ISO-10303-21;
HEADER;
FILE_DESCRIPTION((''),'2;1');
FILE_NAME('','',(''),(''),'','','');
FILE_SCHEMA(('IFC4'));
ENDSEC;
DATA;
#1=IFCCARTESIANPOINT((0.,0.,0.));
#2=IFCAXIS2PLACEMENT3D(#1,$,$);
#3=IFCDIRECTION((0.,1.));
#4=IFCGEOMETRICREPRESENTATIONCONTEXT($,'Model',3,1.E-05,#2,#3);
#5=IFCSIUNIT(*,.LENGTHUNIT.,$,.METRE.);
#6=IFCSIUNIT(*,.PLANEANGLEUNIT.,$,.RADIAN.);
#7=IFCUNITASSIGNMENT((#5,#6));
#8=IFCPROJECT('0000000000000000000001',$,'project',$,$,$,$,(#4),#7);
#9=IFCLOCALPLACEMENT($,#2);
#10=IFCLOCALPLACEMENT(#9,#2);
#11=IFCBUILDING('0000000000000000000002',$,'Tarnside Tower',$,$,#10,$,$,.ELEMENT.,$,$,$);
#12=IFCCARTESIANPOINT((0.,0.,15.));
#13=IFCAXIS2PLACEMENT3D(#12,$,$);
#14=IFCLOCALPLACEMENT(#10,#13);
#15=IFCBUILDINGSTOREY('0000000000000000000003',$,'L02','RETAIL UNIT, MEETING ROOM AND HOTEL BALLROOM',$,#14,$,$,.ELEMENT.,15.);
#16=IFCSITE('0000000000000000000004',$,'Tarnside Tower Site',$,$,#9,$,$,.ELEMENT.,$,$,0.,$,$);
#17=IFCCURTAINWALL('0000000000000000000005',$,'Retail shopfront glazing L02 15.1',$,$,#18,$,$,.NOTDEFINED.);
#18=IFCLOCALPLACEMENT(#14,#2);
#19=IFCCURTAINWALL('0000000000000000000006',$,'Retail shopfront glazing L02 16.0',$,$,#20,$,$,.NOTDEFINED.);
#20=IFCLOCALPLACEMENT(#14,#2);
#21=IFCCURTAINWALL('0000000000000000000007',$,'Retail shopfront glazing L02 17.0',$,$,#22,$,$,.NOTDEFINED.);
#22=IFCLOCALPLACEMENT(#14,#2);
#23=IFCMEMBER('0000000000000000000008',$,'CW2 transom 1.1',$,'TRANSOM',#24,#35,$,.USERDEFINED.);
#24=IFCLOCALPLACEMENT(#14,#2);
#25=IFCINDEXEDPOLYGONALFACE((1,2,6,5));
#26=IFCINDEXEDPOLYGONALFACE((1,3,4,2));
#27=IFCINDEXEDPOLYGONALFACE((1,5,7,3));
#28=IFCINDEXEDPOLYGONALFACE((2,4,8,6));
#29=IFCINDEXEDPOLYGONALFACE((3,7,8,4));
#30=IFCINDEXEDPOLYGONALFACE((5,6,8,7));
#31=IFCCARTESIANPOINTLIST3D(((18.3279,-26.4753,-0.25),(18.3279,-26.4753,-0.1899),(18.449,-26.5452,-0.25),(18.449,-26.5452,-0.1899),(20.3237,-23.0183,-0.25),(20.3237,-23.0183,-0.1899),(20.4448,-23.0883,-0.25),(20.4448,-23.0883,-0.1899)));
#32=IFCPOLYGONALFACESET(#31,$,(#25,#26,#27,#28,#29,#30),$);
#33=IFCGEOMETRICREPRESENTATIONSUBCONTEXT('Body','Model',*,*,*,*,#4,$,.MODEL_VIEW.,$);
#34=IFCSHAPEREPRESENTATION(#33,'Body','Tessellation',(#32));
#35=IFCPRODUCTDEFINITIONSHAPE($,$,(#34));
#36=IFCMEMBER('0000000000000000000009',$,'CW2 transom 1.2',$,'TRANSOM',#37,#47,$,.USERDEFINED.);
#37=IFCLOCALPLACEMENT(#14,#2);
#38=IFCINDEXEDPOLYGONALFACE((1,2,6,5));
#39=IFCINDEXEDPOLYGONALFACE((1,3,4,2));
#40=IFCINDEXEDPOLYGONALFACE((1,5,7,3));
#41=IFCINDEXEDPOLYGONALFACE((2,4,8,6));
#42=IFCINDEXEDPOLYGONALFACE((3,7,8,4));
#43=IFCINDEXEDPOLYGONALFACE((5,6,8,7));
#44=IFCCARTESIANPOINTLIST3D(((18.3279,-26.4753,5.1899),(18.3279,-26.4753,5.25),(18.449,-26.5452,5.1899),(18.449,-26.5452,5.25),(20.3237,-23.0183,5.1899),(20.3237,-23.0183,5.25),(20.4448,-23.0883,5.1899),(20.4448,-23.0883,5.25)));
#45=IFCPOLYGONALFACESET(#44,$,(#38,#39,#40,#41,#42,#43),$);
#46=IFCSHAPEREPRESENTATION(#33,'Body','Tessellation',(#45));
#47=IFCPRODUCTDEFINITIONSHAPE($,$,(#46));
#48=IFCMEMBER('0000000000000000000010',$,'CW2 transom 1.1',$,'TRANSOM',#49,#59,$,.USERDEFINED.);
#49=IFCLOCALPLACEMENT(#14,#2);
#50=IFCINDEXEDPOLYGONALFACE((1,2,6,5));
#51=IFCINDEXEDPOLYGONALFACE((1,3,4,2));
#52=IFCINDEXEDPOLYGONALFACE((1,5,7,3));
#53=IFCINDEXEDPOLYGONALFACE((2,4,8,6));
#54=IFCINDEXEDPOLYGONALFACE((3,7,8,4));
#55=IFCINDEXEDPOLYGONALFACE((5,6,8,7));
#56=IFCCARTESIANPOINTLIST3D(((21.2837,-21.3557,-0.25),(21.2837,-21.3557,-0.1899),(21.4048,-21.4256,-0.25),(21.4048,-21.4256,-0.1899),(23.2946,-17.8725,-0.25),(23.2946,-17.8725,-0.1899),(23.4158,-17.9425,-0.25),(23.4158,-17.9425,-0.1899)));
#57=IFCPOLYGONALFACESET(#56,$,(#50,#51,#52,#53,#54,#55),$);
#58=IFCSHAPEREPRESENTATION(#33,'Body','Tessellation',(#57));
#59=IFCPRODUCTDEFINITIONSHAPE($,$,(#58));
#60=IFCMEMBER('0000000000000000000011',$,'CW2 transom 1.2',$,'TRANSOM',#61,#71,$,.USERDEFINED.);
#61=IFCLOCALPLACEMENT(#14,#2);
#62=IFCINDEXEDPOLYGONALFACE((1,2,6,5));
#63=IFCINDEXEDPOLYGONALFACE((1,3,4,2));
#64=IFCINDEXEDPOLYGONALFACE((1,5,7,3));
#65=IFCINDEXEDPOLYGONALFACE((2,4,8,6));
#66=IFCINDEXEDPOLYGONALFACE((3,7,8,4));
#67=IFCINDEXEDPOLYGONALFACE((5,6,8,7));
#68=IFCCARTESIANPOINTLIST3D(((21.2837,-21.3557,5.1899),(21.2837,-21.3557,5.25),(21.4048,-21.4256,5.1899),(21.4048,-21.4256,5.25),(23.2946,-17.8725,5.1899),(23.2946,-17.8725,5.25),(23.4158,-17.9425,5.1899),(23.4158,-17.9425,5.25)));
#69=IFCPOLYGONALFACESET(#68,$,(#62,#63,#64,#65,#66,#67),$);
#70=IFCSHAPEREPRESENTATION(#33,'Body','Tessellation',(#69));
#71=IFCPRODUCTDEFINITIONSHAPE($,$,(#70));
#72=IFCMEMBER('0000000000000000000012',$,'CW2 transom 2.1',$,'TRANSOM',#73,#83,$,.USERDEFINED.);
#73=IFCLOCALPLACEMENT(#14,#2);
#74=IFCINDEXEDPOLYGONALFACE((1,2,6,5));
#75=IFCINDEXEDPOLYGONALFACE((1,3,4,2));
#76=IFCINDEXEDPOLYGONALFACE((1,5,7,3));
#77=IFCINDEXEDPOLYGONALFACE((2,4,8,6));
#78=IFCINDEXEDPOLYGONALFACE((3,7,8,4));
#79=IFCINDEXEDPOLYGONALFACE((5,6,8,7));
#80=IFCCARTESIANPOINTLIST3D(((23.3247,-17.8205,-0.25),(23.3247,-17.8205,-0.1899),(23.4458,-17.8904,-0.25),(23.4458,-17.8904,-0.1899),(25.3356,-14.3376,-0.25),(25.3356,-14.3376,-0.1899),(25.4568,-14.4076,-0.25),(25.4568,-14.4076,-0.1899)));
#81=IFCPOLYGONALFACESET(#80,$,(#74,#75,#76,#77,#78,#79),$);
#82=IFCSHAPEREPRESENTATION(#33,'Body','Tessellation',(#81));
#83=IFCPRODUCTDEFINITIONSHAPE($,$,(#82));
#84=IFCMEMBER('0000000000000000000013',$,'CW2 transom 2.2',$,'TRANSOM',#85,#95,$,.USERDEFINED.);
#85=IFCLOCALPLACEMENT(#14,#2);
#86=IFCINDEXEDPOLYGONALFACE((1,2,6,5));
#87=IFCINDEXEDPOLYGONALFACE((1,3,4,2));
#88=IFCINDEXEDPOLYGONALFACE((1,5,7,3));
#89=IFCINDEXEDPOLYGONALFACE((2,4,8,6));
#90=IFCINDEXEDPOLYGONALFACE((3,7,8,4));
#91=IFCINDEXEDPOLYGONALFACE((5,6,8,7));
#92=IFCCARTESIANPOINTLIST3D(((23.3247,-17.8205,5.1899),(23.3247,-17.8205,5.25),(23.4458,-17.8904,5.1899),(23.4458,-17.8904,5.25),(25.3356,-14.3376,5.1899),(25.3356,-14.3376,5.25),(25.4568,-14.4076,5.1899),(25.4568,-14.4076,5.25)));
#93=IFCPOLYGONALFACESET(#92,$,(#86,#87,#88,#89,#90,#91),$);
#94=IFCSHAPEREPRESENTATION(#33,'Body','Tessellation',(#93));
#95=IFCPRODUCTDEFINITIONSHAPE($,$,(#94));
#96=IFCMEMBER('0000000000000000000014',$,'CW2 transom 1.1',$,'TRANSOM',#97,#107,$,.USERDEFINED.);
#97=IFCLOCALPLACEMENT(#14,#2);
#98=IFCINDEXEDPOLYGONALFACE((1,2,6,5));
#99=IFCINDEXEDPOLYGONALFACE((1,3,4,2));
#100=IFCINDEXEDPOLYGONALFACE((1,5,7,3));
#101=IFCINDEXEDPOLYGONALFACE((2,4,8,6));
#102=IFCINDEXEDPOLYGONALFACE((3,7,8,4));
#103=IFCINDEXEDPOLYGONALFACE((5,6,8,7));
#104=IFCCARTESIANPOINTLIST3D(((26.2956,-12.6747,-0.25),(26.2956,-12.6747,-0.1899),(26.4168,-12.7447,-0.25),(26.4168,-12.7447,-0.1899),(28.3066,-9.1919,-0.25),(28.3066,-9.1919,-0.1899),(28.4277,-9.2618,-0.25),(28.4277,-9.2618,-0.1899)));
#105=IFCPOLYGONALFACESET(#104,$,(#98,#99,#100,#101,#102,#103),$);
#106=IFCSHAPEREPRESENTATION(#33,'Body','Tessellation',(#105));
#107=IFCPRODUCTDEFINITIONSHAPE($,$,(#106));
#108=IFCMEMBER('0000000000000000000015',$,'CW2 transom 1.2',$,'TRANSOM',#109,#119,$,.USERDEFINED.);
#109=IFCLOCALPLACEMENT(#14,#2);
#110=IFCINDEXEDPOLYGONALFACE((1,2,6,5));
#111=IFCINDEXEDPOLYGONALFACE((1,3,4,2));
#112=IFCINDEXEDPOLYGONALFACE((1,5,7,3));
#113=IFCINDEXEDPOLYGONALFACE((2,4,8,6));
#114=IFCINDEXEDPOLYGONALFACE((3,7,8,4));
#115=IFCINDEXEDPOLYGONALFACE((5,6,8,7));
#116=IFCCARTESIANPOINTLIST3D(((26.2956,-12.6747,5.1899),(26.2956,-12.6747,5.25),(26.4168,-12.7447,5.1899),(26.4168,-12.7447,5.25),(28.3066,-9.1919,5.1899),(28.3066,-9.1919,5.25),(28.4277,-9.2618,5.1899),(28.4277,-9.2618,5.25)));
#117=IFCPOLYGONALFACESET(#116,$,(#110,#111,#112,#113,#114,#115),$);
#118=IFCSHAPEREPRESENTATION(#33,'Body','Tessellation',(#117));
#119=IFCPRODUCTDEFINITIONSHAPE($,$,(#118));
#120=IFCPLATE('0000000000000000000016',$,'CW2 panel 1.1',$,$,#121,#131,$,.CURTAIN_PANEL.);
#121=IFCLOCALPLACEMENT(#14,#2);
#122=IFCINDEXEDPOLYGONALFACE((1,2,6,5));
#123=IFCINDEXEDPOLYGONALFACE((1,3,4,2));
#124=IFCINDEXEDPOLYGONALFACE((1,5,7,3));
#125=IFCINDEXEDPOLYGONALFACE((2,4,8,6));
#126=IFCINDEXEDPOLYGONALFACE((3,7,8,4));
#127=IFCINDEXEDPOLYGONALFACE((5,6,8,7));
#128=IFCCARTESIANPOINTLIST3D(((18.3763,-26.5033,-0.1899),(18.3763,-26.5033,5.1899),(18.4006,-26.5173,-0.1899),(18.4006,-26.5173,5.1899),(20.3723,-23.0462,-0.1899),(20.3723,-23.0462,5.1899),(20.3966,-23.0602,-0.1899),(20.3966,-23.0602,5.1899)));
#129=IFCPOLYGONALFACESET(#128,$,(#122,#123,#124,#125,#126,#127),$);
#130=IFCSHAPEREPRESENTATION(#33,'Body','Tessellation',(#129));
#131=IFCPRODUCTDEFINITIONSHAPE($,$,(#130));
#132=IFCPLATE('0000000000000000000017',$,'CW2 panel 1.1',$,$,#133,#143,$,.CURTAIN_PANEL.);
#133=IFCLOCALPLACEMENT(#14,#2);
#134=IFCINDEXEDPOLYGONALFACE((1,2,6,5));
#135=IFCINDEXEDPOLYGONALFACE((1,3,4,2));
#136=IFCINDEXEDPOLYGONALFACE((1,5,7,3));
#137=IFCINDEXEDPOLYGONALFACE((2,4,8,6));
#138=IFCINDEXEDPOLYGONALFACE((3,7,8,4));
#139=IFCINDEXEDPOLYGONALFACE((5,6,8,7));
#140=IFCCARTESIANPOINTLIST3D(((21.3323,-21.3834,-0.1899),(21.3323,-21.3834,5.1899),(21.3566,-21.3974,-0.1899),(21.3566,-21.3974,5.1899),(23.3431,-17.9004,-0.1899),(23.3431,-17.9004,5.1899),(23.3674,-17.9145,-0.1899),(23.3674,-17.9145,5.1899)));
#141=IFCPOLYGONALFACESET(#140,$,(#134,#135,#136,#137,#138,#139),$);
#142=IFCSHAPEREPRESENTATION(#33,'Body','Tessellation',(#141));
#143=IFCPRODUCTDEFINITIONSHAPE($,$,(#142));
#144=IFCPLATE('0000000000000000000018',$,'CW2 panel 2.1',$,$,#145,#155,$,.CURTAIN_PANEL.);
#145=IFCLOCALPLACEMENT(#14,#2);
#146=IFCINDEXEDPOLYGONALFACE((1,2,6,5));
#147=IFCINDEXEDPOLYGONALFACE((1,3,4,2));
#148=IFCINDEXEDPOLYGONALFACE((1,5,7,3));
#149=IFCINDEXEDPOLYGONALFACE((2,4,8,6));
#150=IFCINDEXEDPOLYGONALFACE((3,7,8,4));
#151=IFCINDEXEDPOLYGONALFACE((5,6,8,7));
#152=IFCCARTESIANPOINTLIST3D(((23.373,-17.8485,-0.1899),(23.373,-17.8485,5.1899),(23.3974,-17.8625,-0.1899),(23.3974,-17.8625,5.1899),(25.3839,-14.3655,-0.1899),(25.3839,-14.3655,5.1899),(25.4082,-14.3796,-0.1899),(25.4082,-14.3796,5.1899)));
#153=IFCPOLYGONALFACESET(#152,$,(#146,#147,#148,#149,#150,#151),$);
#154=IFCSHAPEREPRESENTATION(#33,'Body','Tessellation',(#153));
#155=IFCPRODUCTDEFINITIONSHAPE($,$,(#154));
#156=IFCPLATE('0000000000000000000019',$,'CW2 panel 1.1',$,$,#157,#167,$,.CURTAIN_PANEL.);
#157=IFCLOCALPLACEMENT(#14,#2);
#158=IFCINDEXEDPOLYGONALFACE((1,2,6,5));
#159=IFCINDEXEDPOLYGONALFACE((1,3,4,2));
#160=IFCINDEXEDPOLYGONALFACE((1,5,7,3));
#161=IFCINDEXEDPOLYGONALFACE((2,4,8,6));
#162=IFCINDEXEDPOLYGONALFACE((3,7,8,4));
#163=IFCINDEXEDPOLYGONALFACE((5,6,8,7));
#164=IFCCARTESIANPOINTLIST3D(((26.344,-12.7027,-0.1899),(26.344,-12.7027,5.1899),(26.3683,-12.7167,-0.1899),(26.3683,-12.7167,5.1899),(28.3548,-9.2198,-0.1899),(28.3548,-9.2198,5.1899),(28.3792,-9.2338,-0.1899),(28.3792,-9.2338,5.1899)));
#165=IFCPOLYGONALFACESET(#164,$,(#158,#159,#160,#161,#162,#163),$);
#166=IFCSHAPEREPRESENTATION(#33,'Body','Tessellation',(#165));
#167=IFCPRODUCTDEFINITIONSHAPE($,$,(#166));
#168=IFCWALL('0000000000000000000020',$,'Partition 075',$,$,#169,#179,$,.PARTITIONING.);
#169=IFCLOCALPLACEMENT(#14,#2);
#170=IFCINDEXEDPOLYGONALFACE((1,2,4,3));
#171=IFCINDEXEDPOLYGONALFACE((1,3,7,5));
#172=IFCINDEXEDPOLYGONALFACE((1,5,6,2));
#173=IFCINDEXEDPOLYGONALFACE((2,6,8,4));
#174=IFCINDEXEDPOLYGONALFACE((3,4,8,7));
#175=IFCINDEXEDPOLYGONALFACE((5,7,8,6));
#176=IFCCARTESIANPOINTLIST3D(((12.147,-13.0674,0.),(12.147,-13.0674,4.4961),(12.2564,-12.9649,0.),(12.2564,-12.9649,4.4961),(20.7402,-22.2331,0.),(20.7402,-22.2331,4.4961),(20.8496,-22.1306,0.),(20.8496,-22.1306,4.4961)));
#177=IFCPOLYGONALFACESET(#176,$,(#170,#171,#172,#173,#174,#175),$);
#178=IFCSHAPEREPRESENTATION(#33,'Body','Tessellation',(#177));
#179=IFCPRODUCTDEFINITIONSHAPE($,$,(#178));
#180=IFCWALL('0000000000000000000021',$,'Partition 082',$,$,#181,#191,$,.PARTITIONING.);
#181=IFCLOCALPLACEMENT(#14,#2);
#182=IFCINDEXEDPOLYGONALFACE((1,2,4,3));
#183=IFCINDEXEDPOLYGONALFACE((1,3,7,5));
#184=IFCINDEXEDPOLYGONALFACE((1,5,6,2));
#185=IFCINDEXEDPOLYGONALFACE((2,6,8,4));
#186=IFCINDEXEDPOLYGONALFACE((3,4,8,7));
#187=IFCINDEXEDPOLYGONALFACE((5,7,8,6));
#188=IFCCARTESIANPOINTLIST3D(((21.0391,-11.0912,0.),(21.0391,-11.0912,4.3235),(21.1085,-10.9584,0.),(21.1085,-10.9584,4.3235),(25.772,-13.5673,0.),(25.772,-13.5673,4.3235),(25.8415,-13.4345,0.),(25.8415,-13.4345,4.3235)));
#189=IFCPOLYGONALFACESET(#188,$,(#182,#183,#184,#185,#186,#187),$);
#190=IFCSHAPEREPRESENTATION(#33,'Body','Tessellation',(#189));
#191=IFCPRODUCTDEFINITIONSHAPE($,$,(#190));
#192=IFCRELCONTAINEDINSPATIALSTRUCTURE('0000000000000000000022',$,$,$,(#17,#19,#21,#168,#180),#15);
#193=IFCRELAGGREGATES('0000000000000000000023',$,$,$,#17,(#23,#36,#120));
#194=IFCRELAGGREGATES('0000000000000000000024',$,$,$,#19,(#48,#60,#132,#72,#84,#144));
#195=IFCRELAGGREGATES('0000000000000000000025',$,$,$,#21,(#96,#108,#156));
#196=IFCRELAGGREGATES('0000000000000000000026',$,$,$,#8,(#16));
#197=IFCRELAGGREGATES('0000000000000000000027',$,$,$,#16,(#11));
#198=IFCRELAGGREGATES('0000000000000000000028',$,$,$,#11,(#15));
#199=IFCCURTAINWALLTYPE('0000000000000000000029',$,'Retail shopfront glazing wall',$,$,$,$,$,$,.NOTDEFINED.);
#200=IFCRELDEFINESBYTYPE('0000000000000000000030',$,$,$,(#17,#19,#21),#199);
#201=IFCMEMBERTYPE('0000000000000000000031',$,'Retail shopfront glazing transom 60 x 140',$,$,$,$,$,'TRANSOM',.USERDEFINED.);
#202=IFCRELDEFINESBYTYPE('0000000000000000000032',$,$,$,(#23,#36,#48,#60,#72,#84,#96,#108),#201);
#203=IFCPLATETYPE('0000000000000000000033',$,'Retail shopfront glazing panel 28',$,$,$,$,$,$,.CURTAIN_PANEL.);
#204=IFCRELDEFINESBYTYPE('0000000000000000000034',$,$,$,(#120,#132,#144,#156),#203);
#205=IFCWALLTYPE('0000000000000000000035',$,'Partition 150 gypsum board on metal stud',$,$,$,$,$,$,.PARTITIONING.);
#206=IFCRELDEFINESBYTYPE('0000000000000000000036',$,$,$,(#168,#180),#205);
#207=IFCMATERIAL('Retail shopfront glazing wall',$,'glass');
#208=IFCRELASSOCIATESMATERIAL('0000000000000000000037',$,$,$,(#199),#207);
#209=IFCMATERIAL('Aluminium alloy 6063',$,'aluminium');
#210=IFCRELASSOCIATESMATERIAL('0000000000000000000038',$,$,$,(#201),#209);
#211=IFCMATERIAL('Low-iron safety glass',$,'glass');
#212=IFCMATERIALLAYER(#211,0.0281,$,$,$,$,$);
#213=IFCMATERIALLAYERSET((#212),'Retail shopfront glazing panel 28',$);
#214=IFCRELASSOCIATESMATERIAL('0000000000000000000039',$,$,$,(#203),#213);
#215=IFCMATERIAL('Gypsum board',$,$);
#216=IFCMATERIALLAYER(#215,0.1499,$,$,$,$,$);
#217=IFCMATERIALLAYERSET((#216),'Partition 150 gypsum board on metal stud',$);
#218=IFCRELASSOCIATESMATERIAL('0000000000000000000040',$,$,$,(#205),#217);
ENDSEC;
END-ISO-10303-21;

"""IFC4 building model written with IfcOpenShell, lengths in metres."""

from ifc_helpers import new_model, si_unit, direction, frame, frame_2d, origin, origin_2d, place, context, subcontext, project, spatial, rectangle, extrude, material, layer, layer_set, material_profile, profile_set, type_object, element, aggregate, save


model = new_model("IFC4")

# Units and contexts
model_context = context("Model", 3, precision=1e-05, world=origin(), true_north=direction((0.0, 1.0)))
body_context = subcontext(model_context, "Body", "Model", "MODEL_VIEW")
ifc_project = project(units=[si_unit("LENGTHUNIT", "METRE"), si_unit("PLANEANGLEUNIT", "RADIAN")], contexts=[model_context])

# Site, building, storey
site_placement = place(None, origin())
site = spatial("IfcSite", under=ifc_project, at=site_placement, Name="Tarnside Tower Site", CompositionType="ELEMENT", RefElevation=0.0)
building_placement = place(site_placement, origin())
building = spatial("IfcBuilding", under=site, at=building_placement, Name="Tarnside Tower", CompositionType="ELEMENT")
storey_placement = place(building_placement, frame((0.0, 0.0, 15.0)))
storey = spatial("IfcBuildingStorey", under=building, at=storey_placement, Name="L02", Description="RETAIL UNIT, MEETING ROOM AND HOTEL BALLROOM", CompositionType="ELEMENT", Elevation=15.0)

# Shared definitions
ifc_material_1 = material(Name="Retail shopfront glazing wall", Category="glass")
curtain_wall_type = type_object("IfcCurtainWallType", Name="Retail shopfront glazing wall", PredefinedType="NOTDEFINED", material=ifc_material_1)
ifc_material_2 = material(Name="Aluminium alloy 6063", Category="aluminium")

# Curtain walls
curtain_wall_1_placement = place(storey_placement, origin())
curtain_wall_1 = element("IfcCurtainWall", 1, at=curtain_wall_1_placement, inside=storey, type_object=curtain_wall_type, Name="Retail shopfront glazing L02 15.1", PredefinedType="NOTDEFINED")
curtain_wall_2_placement = place(storey_placement, origin())
curtain_wall_2 = element("IfcCurtainWall", 2, at=curtain_wall_2_placement, inside=storey, type_object=curtain_wall_type, Name="Retail shopfront glazing L02 16.0", PredefinedType="NOTDEFINED")

# Curtain wall
curtain_wall_3_placement = place(storey_placement, origin())
curtain_wall_3 = element("IfcCurtainWall", 3, at=curtain_wall_3_placement, inside=storey, type_object=curtain_wall_type, Name="Retail shopfront glazing L02 17.0", PredefinedType="NOTDEFINED")

# Members
ifc_material_profile_1 = material_profile(ifc_material_2, rectangle(XDim=0.1399, YDim=0.0601, at=origin_2d()), Name="Retail shopfront glazing transom 60 x 140")
ifc_profile_set_1 = profile_set([ifc_material_profile_1], Name="Aluminium alloy 6063")
member_type_1 = type_object("IfcMemberType", Name="Retail shopfront glazing transom 60 x 140", ElementType="TRANSOM", PredefinedType="USERDEFINED", material=ifc_profile_set_1)
member_1_placement = place(storey_placement, frame((18.3884, -26.5103, -0.22), z_axis=(0.499987, 0.866033, 0.0), x_axis=(-0.866033, 0.499987, 0.0)))
member_1 = element("IfcMember", 4, at=member_1_placement, type_object=member_type_1, Name="CW2 transom 1.1", ObjectType="TRANSOM", PredefinedType="USERDEFINED", context=body_context, shape_type="SweptSolid", body=[
    extrude(rectangle(XDim=0.1399, YDim=0.0601, at=origin_2d()), origin(), (0.0, 0.0, 1.0), 3.9917),
])
member_2_placement = place(storey_placement, frame((18.3884, -26.5103, 5.22), z_axis=(0.499987, 0.866033, 0.0), x_axis=(-0.866033, 0.499987, 0.0)))
member_2 = element("IfcMember", 5, at=member_2_placement, type_object=member_type_1, Name="CW2 transom 1.2", ObjectType="TRANSOM", PredefinedType="USERDEFINED", context=body_context, shape_type="SweptSolid", body=[
    extrude(rectangle(XDim=0.1399, YDim=0.0601, at=origin_2d()), origin(), (0.0, 0.0, 1.0), 3.9917),
])
member_3_placement = place(storey_placement, frame((21.3442, -21.3906, -0.22), z_axis=(0.499997, 0.866027, 0.0), x_axis=(-0.866027, 0.499997, 0.0)))
member_3 = element("IfcMember", 6, at=member_3_placement, type_object=member_type_1, Name="CW2 transom 1.1", ObjectType="TRANSOM", PredefinedType="USERDEFINED", context=body_context, shape_type="SweptSolid", body=[
    extrude(rectangle(XDim=0.1399, YDim=0.0601, at=origin_2d()), origin(), (0.0, 0.0, 1.0), 4.022),
])
member_4_placement = place(storey_placement, frame((21.3442, -21.3906, 5.22), z_axis=(0.499997, 0.866027, 0.0), x_axis=(-0.866027, 0.499997, 0.0)))
member_4 = element("IfcMember", 7, at=member_4_placement, type_object=member_type_1, Name="CW2 transom 1.2", ObjectType="TRANSOM", PredefinedType="USERDEFINED", context=body_context, shape_type="SweptSolid", body=[
    extrude(rectangle(XDim=0.1399, YDim=0.0601, at=origin_2d()), origin(), (0.0, 0.0, 1.0), 4.022),
])
member_5_placement = place(storey_placement, frame((23.3853, -17.8555, -0.22), z_axis=(0.500024, 0.866012, 0.0), x_axis=(-0.866012, 0.500024, 0.0)))
member_5 = element("IfcMember", 8, at=member_5_placement, type_object=member_type_1, Name="CW2 transom 2.1", ObjectType="TRANSOM", PredefinedType="USERDEFINED", context=body_context, shape_type="SweptSolid", body=[
    extrude(rectangle(XDim=0.1399, YDim=0.0601, at=origin_2d()), origin(), (0.0, 0.0, 1.0), 4.0217),
])
member_6_placement = place(storey_placement, frame((23.3853, -17.8555, 5.22), z_axis=(0.500024, 0.866012, 0.0), x_axis=(-0.866012, 0.500024, 0.0)))
member_6 = element("IfcMember", 9, at=member_6_placement, type_object=member_type_1, Name="CW2 transom 2.2", ObjectType="TRANSOM", PredefinedType="USERDEFINED", context=body_context, shape_type="SweptSolid", body=[
    extrude(rectangle(XDim=0.1399, YDim=0.0601, at=origin_2d()), origin(), (0.0, 0.0, 1.0), 4.0217),
])
member_7_placement = place(storey_placement, frame((26.3562, -12.7097, -0.22), z_axis=(0.500024, 0.866012, 0.0), x_axis=(-0.866012, 0.500024, 0.0)))
member_7 = element("IfcMember", 10, at=member_7_placement, type_object=member_type_1, Name="CW2 transom 1.1", ObjectType="TRANSOM", PredefinedType="USERDEFINED", context=body_context, shape_type="SweptSolid", body=[
    extrude(rectangle(XDim=0.1399, YDim=0.0601, at=origin_2d()), origin(), (0.0, 0.0, 1.0), 4.0217),
])
member_8_placement = place(storey_placement, frame((26.3562, -12.7097, 5.22), z_axis=(0.500024, 0.866012, 0.0), x_axis=(-0.866012, 0.500024, 0.0)))
member_8 = element("IfcMember", 11, at=member_8_placement, type_object=member_type_1, Name="CW2 transom 1.2", ObjectType="TRANSOM", PredefinedType="USERDEFINED", context=body_context, shape_type="SweptSolid", body=[
    extrude(rectangle(XDim=0.1399, YDim=0.0601, at=origin_2d()), origin(), (0.0, 0.0, 1.0), 4.0217),
])

# Plates
ifc_material_3 = material(Name="Low-iron safety glass", Category="glass")
ifc_layer_1 = layer(ifc_material_3, 0.0281)
ifc_layer_set_1 = layer_set([ifc_layer_1], Name="Retail shopfront glazing panel 28")
plate_type = type_object("IfcPlateType", Name="Retail shopfront glazing panel 28", PredefinedType="CURTAIN_PANEL", material=ifc_layer_set_1)
plate_1_placement = place(storey_placement, frame((19.3865, -24.7817, -0.1899), z_axis=(0.0, 0.0, 1.0), x_axis=(0.5, 0.866025, 0.0)))
plate_1 = element("IfcPlate", 12, at=plate_1_placement, type_object=plate_type, Name="CW2 panel 1.1", PredefinedType="CURTAIN_PANEL", context=body_context, shape_type="SweptSolid", body=[
    extrude(rectangle(XDim=3.9919, YDim=0.0281, at=origin_2d()), origin(), (0.0, 0.0, 1.0), 5.3799),
])
aggregate(curtain_wall_1, [member_1, member_2, plate_1])
plate_2_placement = place(storey_placement, frame((22.3499, -19.6489, -0.1899), z_axis=(0.0, 0.0, 1.0), x_axis=(0.5, 0.866025, 0.0)))
plate_2 = element("IfcPlate", 13, at=plate_2_placement, type_object=plate_type, Name="CW2 panel 1.1", PredefinedType="CURTAIN_PANEL", context=body_context, shape_type="SweptSolid", body=[
    extrude(rectangle(XDim=4.0217, YDim=0.0281, at=origin_2d()), origin(), (0.0, 0.0, 1.0), 5.3799),
])
plate_3_placement = place(storey_placement, frame((24.3906, -16.114, -0.1899), z_axis=(0.0, 0.0, 1.0), x_axis=(0.5, 0.866025, 0.0)))
plate_3 = element("IfcPlate", 14, at=plate_3_placement, type_object=plate_type, Name="CW2 panel 2.1", PredefinedType="CURTAIN_PANEL", context=body_context, shape_type="SweptSolid", body=[
    extrude(rectangle(XDim=4.0217, YDim=0.0281, at=origin_2d()), origin(), (0.0, 0.0, 1.0), 5.3799),
])
aggregate(curtain_wall_2, [member_3, member_4, plate_2, member_5, member_6, plate_3])
plate_4_placement = place(storey_placement, frame((27.3616, -10.9683, -0.1899), z_axis=(0.0, 0.0, 1.0), x_axis=(0.5, 0.866025, 0.0)))
plate_4 = element("IfcPlate", 15, at=plate_4_placement, type_object=plate_type, Name="CW2 panel 1.1", PredefinedType="CURTAIN_PANEL", context=body_context, shape_type="SweptSolid", body=[
    extrude(rectangle(XDim=4.0217, YDim=0.0281, at=origin_2d()), origin(), (0.0, 0.0, 1.0), 5.3799),
])
aggregate(curtain_wall_3, [member_7, member_8, plate_4])

# Walls
ifc_material_4 = material(Name="Gypsum board")
ifc_layer_2 = layer(ifc_material_4, 0.1499)
ifc_layer_set_2 = layer_set([ifc_layer_2], Name="Partition 150 gypsum board on metal stud")
wall_type_1 = type_object("IfcWallType", Name="Partition 150 gypsum board on metal stud", PredefinedType="PARTITIONING", material=ifc_layer_set_2)
wall_1_placement = place(storey_placement, frame((20.7949, -22.1819, 0.0), z_axis=(0.0, 0.0, 1.0), x_axis=(-0.683956, 0.729523, 0.0)))
element("IfcWall", 16, at=wall_1_placement, inside=storey, type_object=wall_type_1, Name="Partition 075", PredefinedType="PARTITIONING", context=body_context, shape_type="SweptSolid", body=[
    extrude(rectangle(XDim=12.564, YDim=0.1499, at=frame_2d((6.282, 0.0))), origin(), (0.0, 0.0, 1.0), 4.4961),
])
wall_2_placement = place(storey_placement, frame((25.8069, -13.501, 0.0), z_axis=(0.0, 0.0, 1.0), x_axis=(-0.886068, 0.463556, 0.0)))
element("IfcWall", 17, at=wall_2_placement, inside=storey, type_object=wall_type_1, Name="Partition 082", PredefinedType="PARTITIONING", context=body_context, shape_type="SweptSolid", body=[
    extrude(rectangle(XDim=5.3416, YDim=0.1499, at=frame_2d((2.6709, 0.0))), origin(), (0.0, 0.0, 1.0), 4.3235),
])

save(model, "model.ifc")
